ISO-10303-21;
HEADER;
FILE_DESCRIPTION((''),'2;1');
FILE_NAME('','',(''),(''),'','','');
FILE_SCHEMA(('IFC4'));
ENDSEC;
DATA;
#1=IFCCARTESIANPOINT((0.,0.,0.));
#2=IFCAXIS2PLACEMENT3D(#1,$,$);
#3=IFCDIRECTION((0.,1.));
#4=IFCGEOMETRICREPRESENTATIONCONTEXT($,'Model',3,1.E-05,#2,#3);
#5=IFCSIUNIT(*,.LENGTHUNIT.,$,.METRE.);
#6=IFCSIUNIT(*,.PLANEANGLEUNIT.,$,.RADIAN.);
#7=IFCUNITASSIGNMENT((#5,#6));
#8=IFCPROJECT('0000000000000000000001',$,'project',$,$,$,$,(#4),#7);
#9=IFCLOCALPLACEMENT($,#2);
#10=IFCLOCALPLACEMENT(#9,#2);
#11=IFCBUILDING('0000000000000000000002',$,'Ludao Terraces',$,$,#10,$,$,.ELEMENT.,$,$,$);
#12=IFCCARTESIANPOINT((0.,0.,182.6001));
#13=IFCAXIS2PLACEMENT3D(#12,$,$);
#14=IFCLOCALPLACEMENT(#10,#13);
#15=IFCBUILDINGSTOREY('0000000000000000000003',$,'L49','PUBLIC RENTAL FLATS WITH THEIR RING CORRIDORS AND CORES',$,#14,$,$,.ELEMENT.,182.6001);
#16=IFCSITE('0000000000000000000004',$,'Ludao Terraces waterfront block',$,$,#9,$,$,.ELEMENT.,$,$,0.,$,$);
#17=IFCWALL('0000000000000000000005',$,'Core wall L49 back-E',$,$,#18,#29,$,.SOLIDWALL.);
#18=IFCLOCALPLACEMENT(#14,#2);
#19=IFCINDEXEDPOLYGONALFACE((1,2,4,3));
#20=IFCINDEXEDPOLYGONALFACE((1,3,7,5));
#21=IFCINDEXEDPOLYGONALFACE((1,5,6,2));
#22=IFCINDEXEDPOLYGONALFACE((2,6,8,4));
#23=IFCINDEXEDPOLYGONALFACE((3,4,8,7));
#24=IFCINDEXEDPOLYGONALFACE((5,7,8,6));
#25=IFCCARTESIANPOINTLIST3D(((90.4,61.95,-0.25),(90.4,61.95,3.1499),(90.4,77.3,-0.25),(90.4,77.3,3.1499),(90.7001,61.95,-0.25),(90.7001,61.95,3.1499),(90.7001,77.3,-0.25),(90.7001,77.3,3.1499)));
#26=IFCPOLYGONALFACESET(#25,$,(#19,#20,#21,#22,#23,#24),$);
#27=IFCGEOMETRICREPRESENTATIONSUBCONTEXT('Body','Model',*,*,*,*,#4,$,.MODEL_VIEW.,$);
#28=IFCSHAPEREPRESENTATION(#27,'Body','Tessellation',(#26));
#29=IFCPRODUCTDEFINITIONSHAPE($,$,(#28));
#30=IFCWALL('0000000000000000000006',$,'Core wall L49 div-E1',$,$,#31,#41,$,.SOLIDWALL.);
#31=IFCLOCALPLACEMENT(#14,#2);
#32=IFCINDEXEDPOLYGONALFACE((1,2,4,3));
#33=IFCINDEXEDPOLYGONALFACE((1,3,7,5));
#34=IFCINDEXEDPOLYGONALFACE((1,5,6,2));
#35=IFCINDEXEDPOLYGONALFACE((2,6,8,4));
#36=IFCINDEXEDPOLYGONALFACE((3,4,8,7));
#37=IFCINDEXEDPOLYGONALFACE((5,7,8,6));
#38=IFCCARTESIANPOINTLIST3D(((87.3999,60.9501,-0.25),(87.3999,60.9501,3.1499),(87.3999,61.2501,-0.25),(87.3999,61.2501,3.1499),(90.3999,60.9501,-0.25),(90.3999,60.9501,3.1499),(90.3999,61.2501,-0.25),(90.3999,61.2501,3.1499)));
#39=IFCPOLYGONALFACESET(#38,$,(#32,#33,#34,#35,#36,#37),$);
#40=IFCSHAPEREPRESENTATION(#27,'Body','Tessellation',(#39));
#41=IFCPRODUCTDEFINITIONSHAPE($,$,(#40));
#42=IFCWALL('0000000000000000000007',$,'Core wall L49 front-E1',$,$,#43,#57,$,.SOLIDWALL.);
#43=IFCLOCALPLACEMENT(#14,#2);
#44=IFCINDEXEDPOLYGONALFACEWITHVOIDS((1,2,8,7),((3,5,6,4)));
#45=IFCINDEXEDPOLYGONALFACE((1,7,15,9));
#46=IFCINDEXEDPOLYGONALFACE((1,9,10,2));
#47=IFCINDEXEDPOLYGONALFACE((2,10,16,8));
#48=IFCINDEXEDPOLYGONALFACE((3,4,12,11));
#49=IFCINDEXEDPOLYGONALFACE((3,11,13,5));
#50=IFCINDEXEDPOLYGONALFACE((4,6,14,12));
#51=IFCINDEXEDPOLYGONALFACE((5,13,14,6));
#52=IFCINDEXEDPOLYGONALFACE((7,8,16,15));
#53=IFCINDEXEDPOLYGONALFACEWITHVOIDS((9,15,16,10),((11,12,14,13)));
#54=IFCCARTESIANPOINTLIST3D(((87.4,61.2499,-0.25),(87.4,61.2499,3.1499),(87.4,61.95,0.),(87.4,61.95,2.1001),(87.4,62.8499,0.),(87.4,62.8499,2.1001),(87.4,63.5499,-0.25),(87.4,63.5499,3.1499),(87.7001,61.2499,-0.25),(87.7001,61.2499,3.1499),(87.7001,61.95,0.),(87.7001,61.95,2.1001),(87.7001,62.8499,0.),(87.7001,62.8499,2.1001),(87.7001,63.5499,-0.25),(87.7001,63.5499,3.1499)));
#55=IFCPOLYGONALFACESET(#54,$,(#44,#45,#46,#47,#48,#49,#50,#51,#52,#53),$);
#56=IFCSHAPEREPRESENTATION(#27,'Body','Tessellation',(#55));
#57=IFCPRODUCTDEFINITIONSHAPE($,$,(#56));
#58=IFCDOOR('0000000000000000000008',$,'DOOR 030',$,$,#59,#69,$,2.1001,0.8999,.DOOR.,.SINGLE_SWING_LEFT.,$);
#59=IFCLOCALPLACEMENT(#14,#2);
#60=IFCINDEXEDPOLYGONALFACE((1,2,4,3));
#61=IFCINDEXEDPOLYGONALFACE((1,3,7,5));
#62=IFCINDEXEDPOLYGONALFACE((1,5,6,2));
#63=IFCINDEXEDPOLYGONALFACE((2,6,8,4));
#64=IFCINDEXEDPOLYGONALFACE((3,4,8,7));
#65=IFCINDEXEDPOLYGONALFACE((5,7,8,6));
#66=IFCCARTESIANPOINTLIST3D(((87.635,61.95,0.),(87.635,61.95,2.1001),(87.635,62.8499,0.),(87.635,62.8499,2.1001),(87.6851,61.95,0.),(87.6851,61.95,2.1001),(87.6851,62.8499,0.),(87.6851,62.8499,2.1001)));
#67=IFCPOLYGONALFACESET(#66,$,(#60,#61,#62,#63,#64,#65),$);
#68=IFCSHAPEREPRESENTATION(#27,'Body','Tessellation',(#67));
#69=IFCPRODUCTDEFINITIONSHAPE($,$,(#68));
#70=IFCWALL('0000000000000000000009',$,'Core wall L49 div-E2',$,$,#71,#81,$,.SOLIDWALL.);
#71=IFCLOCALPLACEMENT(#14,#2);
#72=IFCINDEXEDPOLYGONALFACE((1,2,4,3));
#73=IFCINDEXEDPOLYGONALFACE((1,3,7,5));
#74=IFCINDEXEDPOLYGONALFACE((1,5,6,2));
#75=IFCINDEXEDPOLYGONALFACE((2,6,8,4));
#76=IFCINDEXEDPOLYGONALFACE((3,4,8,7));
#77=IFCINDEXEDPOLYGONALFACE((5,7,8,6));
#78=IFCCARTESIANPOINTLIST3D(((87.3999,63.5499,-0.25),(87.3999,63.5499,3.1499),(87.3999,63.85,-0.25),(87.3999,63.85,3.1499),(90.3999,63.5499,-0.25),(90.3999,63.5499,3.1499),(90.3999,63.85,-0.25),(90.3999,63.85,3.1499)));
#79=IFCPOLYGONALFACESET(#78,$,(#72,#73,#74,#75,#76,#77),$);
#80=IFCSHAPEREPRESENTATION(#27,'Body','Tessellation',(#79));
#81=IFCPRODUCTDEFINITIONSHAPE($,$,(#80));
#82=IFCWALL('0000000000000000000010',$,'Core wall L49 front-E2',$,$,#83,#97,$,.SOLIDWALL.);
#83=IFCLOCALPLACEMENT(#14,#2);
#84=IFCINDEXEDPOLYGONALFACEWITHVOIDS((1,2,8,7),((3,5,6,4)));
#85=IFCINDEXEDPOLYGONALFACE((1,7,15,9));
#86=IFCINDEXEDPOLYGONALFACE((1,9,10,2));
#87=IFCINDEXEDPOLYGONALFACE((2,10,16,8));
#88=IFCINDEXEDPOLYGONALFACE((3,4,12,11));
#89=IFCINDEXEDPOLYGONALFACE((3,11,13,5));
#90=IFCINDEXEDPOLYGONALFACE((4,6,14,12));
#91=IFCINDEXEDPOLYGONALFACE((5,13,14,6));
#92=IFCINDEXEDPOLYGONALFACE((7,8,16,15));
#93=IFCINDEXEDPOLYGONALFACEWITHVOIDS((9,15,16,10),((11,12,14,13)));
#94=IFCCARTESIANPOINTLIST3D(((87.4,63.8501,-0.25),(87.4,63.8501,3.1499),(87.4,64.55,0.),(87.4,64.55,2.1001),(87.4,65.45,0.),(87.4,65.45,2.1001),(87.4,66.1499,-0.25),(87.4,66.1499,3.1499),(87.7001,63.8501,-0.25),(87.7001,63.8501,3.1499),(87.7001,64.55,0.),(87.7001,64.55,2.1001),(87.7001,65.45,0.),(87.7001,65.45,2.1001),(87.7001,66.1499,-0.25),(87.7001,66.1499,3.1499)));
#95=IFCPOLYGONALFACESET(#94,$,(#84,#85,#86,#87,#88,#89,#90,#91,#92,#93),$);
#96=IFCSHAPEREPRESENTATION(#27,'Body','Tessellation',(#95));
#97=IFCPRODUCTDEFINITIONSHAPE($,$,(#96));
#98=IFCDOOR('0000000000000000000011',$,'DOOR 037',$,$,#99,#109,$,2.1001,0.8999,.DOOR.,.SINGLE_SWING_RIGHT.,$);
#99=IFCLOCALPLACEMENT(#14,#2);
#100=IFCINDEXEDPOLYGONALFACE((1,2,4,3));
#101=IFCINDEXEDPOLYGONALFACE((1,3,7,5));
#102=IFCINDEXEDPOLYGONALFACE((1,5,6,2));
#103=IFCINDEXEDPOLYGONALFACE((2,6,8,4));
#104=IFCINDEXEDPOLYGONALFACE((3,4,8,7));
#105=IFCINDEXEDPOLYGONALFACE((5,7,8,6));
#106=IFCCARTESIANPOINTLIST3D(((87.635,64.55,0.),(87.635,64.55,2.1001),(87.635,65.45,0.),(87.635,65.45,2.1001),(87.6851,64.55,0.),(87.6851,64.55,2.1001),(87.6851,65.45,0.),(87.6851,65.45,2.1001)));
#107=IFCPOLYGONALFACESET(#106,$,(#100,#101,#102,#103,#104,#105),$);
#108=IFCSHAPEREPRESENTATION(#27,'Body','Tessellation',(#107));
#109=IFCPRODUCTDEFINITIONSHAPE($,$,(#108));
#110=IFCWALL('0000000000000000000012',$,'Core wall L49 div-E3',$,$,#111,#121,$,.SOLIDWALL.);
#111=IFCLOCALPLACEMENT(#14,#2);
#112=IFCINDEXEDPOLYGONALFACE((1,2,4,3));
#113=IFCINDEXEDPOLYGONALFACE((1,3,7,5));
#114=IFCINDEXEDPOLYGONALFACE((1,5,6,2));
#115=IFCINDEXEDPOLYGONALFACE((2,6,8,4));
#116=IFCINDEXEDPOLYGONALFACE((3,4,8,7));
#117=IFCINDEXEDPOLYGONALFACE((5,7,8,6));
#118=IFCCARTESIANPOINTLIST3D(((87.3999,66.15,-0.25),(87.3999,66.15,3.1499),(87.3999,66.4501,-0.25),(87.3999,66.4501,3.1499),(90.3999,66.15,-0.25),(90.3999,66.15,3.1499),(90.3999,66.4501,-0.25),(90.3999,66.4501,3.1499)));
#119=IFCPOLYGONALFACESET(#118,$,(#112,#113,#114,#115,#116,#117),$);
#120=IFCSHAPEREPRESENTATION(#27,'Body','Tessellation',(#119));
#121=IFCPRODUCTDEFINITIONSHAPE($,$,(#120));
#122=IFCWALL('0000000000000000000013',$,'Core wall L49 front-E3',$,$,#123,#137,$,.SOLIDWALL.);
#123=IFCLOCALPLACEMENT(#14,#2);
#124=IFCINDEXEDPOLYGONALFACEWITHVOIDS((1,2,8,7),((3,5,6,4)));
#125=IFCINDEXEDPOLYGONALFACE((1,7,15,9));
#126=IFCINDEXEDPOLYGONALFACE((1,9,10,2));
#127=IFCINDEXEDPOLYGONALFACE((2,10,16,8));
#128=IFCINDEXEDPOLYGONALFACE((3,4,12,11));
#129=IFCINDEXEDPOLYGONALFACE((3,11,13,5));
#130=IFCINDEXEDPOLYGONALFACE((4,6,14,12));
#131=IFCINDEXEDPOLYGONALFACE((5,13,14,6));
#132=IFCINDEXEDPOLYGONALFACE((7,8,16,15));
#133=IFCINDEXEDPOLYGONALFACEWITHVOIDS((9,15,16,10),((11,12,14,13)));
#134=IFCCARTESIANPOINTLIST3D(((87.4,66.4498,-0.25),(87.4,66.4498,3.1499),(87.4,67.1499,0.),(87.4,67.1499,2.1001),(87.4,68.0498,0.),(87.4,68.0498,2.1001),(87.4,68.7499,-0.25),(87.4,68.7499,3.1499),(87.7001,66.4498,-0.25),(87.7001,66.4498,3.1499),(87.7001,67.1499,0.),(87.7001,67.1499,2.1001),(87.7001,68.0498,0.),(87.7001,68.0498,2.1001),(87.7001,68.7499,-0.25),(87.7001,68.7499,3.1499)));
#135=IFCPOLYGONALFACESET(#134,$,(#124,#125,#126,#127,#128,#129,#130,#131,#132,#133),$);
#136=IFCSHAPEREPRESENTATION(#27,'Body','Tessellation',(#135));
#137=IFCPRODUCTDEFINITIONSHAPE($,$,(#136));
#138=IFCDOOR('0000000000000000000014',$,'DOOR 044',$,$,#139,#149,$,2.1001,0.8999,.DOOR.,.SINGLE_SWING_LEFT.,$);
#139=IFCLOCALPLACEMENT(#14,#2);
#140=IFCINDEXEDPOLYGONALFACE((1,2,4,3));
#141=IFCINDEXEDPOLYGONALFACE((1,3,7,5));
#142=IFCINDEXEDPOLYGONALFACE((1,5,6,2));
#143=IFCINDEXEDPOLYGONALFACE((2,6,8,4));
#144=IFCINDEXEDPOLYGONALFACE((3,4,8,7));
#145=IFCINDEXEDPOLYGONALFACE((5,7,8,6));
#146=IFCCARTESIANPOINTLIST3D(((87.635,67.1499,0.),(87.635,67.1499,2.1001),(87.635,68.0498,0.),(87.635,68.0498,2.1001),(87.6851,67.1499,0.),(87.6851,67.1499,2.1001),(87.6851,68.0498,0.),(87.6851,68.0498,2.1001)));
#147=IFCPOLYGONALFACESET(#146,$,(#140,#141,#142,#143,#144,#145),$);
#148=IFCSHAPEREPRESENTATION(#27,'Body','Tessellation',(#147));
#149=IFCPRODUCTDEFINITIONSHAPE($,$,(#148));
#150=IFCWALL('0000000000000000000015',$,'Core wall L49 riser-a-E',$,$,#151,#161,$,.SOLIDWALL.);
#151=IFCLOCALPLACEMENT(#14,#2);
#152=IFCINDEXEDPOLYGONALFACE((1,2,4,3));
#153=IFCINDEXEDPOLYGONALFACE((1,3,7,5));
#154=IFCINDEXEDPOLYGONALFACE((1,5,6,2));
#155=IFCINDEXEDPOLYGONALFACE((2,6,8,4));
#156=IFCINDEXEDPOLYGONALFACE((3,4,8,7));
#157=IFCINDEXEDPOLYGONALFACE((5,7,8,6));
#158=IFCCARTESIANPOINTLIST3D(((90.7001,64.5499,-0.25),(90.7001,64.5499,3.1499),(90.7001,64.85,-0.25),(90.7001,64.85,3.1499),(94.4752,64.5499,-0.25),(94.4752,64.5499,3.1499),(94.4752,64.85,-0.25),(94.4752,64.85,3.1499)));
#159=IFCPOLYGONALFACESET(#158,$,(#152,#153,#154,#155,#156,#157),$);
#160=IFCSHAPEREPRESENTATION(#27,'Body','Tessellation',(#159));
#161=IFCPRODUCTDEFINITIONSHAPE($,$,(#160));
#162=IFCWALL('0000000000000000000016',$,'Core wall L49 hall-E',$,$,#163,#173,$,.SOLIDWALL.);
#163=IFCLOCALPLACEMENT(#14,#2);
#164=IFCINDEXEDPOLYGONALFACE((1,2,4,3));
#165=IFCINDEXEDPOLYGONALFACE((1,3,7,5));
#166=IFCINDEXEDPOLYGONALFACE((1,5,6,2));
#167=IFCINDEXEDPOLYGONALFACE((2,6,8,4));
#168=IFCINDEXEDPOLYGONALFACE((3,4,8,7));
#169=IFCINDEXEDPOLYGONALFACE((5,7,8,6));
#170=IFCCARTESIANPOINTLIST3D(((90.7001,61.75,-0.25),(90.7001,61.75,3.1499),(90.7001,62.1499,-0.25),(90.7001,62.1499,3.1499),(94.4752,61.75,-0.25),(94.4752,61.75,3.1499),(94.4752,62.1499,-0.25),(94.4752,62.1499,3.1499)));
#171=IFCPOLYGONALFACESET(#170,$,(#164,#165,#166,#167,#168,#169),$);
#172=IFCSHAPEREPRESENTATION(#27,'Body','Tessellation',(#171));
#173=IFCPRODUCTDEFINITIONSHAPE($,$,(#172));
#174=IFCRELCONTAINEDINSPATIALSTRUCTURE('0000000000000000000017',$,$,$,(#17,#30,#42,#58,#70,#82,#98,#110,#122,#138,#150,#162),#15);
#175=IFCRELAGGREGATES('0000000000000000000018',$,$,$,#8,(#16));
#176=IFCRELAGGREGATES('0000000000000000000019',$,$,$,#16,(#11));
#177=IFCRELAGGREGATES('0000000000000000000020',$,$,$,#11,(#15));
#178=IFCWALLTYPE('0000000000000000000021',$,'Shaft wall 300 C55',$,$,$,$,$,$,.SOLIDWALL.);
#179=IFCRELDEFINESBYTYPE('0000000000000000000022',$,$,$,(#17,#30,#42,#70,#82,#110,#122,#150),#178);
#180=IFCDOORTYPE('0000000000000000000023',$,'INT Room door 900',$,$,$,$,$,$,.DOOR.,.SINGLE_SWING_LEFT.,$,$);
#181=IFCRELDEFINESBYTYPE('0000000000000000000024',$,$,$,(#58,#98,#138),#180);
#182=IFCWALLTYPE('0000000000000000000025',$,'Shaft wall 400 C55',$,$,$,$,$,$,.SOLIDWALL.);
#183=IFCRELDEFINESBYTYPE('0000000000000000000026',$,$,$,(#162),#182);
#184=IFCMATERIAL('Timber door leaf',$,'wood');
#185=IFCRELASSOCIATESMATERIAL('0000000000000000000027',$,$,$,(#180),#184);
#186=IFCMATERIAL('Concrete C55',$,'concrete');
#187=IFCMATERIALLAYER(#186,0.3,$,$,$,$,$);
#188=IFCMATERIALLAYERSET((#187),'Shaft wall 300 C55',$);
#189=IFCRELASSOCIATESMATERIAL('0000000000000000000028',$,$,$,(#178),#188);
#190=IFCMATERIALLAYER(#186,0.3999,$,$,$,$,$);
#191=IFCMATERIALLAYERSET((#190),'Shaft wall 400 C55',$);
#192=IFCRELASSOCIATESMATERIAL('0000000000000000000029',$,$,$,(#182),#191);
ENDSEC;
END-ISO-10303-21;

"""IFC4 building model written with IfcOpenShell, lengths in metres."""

from ifc_helpers import new_model, si_unit, direction, frame, frame_2d, origin, place, context, subcontext, project, spatial, rectangle, extrude, material, layer, layer_set, type_object, element, fill, save


model = new_model("IFC4")

# Units and contexts
model_context = context("Model", 3, precision=1e-05, world=origin(), true_north=direction((0.0, 1.0)))
body_context = subcontext(model_context, "Body", "Model", "MODEL_VIEW")
ifc_project = project(units=[si_unit("LENGTHUNIT", "METRE"), si_unit("PLANEANGLEUNIT", "RADIAN")], contexts=[model_context])

# Site, building, storey
site_placement = place(None, origin())
site = spatial("IfcSite", under=ifc_project, at=site_placement, Name="Ludao Terraces waterfront block", CompositionType="ELEMENT", RefElevation=0.0)
building_placement = place(site_placement, origin())
building = spatial("IfcBuilding", under=site, at=building_placement, Name="Ludao Terraces", CompositionType="ELEMENT")
storey_placement = place(building_placement, frame((0.0, 0.0, 182.6001)))
storey = spatial("IfcBuildingStorey", under=building, at=storey_placement, Name="L49", Description="PUBLIC RENTAL FLATS WITH THEIR RING CORRIDORS AND CORES", CompositionType="ELEMENT", Elevation=182.6001)

# Shared definitions
ifc_material_1 = material(Name="Timber door leaf", Category="wood")
door_type_1 = type_object("IfcDoorType", Name="INT Room door 900", OperationType="SINGLE_SWING_LEFT", PredefinedType="DOOR", material=ifc_material_1)

# Walls
ifc_material_2 = material(Name="Concrete C55", Category="concrete")
ifc_layer_1 = layer(ifc_material_2, 0.3)
ifc_layer_set_1 = layer_set([ifc_layer_1], Name="Shaft wall 300 C55")
wall_type_1 = type_object("IfcWallType", Name="Shaft wall 300 C55", PredefinedType="SOLIDWALL", material=ifc_layer_set_1)
wall_1_placement = place(storey_placement, frame((90.55, 61.95, -0.25), z_axis=(0.0, 0.0, 1.0), x_axis=(0.0, 1.0, 0.0)))
element("IfcWall", 1, at=wall_1_placement, inside=storey, type_object=wall_type_1, Name="Core wall L49 back-E", PredefinedType="SOLIDWALL", context=body_context, shape_type="SweptSolid", body=[
    extrude(rectangle(XDim=15.3501, YDim=0.3, at=frame_2d((7.675, 0.0))), origin(), (0.0, 0.0, 1.0), 3.3999),
])
wall_2_placement = place(storey_placement, frame((87.3999, 61.1001, -0.25), z_axis=(0.0, 0.0, 1.0), x_axis=(1.0, 0.0, 0.0)))
element("IfcWall", 2, at=wall_2_placement, inside=storey, type_object=wall_type_1, Name="Core wall L49 div-E1", PredefinedType="SOLIDWALL", context=body_context, shape_type="SweptSolid", body=[
    extrude(rectangle(XDim=3.0, YDim=0.3, at=frame_2d((1.5, 0.0))), origin(), (0.0, 0.0, 1.0), 3.3999),
])

# Wall, opening, door
wall_3_placement = place(storey_placement, frame((87.55, 61.25, -0.25), z_axis=(0.0, 0.0, 1.0), x_axis=(0.0, 1.0, 0.0)))
wall_3 = element("IfcWall", 3, at=wall_3_placement, inside=storey, type_object=wall_type_1, Name="Core wall L49 front-E1", PredefinedType="SOLIDWALL", context=body_context, shape_type="SweptSolid", body=[
    extrude(rectangle(XDim=2.3, YDim=0.3, at=frame_2d((1.1499, 0.0))), origin(), (0.0, 0.0, 1.0), 3.3999),
])
opening_1_placement = place(wall_3_placement, frame((0.7, 0.0, 0.25)))
opening_1 = element("IfcOpeningElement", 4, at=opening_1_placement, cuts=wall_3, PredefinedType="OPENING", context=body_context, shape_type="SweptSolid", body=[
    extrude(rectangle(XDim=0.8999, YDim=2.1001, at=frame_2d((0.45, 1.05))), frame((0.0, 0.1602, 0.0), z_axis=(0.0, -1.0, 0.0), x_axis=(1.0, 0.0, 0.0)), (0.0, 0.0, 1.0), 0.3201),
])
door_1_placement = place(opening_1_placement, origin())
door_1 = element("IfcDoor", 5, at=door_1_placement, inside=storey, type_object=door_type_1, Name="DOOR 030", OperationType="SINGLE_SWING_LEFT", OverallHeight=2.1001, OverallWidth=0.8999, PredefinedType="DOOR", context=body_context, shape_type="SweptSolid", body=[
    extrude(rectangle(XDim=0.8999, YDim=2.1001, at=frame_2d((0.45, 1.05))), frame((0.0, -0.085, 0.0), z_axis=(0.0, -1.0, 0.0), x_axis=(1.0, 0.0, 0.0)), (0.0, 0.0, 1.0), 0.05),
])
fill(opening_1, door_1)

# Wall
wall_4_placement = place(storey_placement, frame((87.3999, 63.7, -0.25), z_axis=(0.0, 0.0, 1.0), x_axis=(1.0, 0.0, 0.0)))
element("IfcWall", 6, at=wall_4_placement, inside=storey, type_object=wall_type_1, Name="Core wall L49 div-E2", PredefinedType="SOLIDWALL", context=body_context, shape_type="SweptSolid", body=[
    extrude(rectangle(XDim=3.0, YDim=0.3, at=frame_2d((1.5, 0.0))), origin(), (0.0, 0.0, 1.0), 3.3999),
])

# Wall, opening, door
wall_5_placement = place(storey_placement, frame((87.55, 63.8501, -0.25), z_axis=(0.0, 0.0, 1.0), x_axis=(0.0, 1.0, 0.0)))
wall_5 = element("IfcWall", 7, at=wall_5_placement, inside=storey, type_object=wall_type_1, Name="Core wall L49 front-E2", PredefinedType="SOLIDWALL", context=body_context, shape_type="SweptSolid", body=[
    extrude(rectangle(XDim=2.2998, YDim=0.3, at=frame_2d((1.1499, 0.0))), origin(), (0.0, 0.0, 1.0), 3.3999),
])
opening_2_placement = place(wall_5_placement, frame((0.7, 0.0, 0.25)))
opening_2 = element("IfcOpeningElement", 8, at=opening_2_placement, cuts=wall_5, PredefinedType="OPENING", context=body_context, shape_type="SweptSolid", body=[
    extrude(rectangle(XDim=0.8999, YDim=2.1001, at=frame_2d((0.45, 1.05))), frame((0.0, 0.1602, 0.0), z_axis=(0.0, -1.0, 0.0), x_axis=(1.0, 0.0, 0.0)), (0.0, 0.0, 1.0), 0.3201),
])
door_2_placement = place(opening_2_placement, origin())
door_2 = element("IfcDoor", 9, at=door_2_placement, inside=storey, type_object=door_type_1, Name="DOOR 037", OperationType="SINGLE_SWING_RIGHT", OverallHeight=2.1001, OverallWidth=0.8999, PredefinedType="DOOR", context=body_context, shape_type="SweptSolid", body=[
    extrude(rectangle(XDim=0.8999, YDim=2.1001, at=frame_2d((0.45, 1.05))), frame((0.0, -0.085, 0.0), z_axis=(0.0, -1.0, 0.0), x_axis=(1.0, 0.0, 0.0)), (0.0, 0.0, 1.0), 0.05),
])
fill(opening_2, door_2)

# Wall
wall_6_placement = place(storey_placement, frame((87.3999, 66.3, -0.25), z_axis=(0.0, 0.0, 1.0), x_axis=(1.0, 0.0, 0.0)))
element("IfcWall", 10, at=wall_6_placement, inside=storey, type_object=wall_type_1, Name="Core wall L49 div-E3", PredefinedType="SOLIDWALL", context=body_context, shape_type="SweptSolid", body=[
    extrude(rectangle(XDim=3.0, YDim=0.3, at=frame_2d((1.5, 0.0))), origin(), (0.0, 0.0, 1.0), 3.3999),
])

# Wall, opening, door
wall_7_placement = place(storey_placement, frame((87.55, 66.45, -0.25), z_axis=(0.0, 0.0, 1.0), x_axis=(0.0, 1.0, 0.0)))
wall_7 = element("IfcWall", 11, at=wall_7_placement, inside=storey, type_object=wall_type_1, Name="Core wall L49 front-E3", PredefinedType="SOLIDWALL", context=body_context, shape_type="SweptSolid", body=[
    extrude(rectangle(XDim=2.3, YDim=0.3, at=frame_2d((1.1499, 0.0))), origin(), (0.0, 0.0, 1.0), 3.3999),
])
opening_3_placement = place(wall_7_placement, frame((0.7, 0.0, 0.25)))
opening_3 = element("IfcOpeningElement", 12, at=opening_3_placement, cuts=wall_7, PredefinedType="OPENING", context=body_context, shape_type="SweptSolid", body=[
    extrude(rectangle(XDim=0.8999, YDim=2.1001, at=frame_2d((0.45, 1.05))), frame((0.0, 0.1602, 0.0), z_axis=(0.0, -1.0, 0.0), x_axis=(1.0, 0.0, 0.0)), (0.0, 0.0, 1.0), 0.3201),
])
door_3_placement = place(opening_3_placement, origin())
door_3 = element("IfcDoor", 13, at=door_3_placement, inside=storey, type_object=door_type_1, Name="DOOR 044", OperationType="SINGLE_SWING_LEFT", OverallHeight=2.1001, OverallWidth=0.8999, PredefinedType="DOOR", context=body_context, shape_type="SweptSolid", body=[
    extrude(rectangle(XDim=0.8999, YDim=2.1001, at=frame_2d((0.45, 1.05))), frame((0.0, -0.085, 0.0), z_axis=(0.0, -1.0, 0.0), x_axis=(1.0, 0.0, 0.0)), (0.0, 0.0, 1.0), 0.05),
])
fill(opening_3, door_3)

# Walls
wall_8_placement = place(storey_placement, frame((90.7, 64.7, -0.25), z_axis=(0.0, 0.0, 1.0), x_axis=(1.0, 0.0, 0.0)))
element("IfcWall", 14, at=wall_8_placement, inside=storey, type_object=wall_type_1, Name="Core wall L49 riser-a-E", PredefinedType="SOLIDWALL", context=body_context, shape_type="SweptSolid", body=[
    extrude(rectangle(XDim=3.7751, YDim=0.3, at=frame_2d((1.8877, 0.0))), origin(), (0.0, 0.0, 1.0), 3.3999),
])
ifc_layer_2 = layer(ifc_material_2, 0.3999)
ifc_layer_set_2 = layer_set([ifc_layer_2], Name="Shaft wall 400 C55")
wall_type_2 = type_object("IfcWallType", Name="Shaft wall 400 C55", PredefinedType="SOLIDWALL", material=ifc_layer_set_2)
wall_9_placement = place(storey_placement, frame((90.7, 61.95, -0.25), z_axis=(0.0, 0.0, 1.0), x_axis=(1.0, 0.0, 0.0)))
element("IfcWall", 15, at=wall_9_placement, inside=storey, type_object=wall_type_2, Name="Core wall L49 hall-E", PredefinedType="SOLIDWALL", context=body_context, shape_type="SweptSolid", body=[
    extrude(rectangle(XDim=3.7751, YDim=0.3999, at=frame_2d((1.8877, 0.0))), origin(), (0.0, 0.0, 1.0), 3.3999),
])

save(model, "model.ifc")
